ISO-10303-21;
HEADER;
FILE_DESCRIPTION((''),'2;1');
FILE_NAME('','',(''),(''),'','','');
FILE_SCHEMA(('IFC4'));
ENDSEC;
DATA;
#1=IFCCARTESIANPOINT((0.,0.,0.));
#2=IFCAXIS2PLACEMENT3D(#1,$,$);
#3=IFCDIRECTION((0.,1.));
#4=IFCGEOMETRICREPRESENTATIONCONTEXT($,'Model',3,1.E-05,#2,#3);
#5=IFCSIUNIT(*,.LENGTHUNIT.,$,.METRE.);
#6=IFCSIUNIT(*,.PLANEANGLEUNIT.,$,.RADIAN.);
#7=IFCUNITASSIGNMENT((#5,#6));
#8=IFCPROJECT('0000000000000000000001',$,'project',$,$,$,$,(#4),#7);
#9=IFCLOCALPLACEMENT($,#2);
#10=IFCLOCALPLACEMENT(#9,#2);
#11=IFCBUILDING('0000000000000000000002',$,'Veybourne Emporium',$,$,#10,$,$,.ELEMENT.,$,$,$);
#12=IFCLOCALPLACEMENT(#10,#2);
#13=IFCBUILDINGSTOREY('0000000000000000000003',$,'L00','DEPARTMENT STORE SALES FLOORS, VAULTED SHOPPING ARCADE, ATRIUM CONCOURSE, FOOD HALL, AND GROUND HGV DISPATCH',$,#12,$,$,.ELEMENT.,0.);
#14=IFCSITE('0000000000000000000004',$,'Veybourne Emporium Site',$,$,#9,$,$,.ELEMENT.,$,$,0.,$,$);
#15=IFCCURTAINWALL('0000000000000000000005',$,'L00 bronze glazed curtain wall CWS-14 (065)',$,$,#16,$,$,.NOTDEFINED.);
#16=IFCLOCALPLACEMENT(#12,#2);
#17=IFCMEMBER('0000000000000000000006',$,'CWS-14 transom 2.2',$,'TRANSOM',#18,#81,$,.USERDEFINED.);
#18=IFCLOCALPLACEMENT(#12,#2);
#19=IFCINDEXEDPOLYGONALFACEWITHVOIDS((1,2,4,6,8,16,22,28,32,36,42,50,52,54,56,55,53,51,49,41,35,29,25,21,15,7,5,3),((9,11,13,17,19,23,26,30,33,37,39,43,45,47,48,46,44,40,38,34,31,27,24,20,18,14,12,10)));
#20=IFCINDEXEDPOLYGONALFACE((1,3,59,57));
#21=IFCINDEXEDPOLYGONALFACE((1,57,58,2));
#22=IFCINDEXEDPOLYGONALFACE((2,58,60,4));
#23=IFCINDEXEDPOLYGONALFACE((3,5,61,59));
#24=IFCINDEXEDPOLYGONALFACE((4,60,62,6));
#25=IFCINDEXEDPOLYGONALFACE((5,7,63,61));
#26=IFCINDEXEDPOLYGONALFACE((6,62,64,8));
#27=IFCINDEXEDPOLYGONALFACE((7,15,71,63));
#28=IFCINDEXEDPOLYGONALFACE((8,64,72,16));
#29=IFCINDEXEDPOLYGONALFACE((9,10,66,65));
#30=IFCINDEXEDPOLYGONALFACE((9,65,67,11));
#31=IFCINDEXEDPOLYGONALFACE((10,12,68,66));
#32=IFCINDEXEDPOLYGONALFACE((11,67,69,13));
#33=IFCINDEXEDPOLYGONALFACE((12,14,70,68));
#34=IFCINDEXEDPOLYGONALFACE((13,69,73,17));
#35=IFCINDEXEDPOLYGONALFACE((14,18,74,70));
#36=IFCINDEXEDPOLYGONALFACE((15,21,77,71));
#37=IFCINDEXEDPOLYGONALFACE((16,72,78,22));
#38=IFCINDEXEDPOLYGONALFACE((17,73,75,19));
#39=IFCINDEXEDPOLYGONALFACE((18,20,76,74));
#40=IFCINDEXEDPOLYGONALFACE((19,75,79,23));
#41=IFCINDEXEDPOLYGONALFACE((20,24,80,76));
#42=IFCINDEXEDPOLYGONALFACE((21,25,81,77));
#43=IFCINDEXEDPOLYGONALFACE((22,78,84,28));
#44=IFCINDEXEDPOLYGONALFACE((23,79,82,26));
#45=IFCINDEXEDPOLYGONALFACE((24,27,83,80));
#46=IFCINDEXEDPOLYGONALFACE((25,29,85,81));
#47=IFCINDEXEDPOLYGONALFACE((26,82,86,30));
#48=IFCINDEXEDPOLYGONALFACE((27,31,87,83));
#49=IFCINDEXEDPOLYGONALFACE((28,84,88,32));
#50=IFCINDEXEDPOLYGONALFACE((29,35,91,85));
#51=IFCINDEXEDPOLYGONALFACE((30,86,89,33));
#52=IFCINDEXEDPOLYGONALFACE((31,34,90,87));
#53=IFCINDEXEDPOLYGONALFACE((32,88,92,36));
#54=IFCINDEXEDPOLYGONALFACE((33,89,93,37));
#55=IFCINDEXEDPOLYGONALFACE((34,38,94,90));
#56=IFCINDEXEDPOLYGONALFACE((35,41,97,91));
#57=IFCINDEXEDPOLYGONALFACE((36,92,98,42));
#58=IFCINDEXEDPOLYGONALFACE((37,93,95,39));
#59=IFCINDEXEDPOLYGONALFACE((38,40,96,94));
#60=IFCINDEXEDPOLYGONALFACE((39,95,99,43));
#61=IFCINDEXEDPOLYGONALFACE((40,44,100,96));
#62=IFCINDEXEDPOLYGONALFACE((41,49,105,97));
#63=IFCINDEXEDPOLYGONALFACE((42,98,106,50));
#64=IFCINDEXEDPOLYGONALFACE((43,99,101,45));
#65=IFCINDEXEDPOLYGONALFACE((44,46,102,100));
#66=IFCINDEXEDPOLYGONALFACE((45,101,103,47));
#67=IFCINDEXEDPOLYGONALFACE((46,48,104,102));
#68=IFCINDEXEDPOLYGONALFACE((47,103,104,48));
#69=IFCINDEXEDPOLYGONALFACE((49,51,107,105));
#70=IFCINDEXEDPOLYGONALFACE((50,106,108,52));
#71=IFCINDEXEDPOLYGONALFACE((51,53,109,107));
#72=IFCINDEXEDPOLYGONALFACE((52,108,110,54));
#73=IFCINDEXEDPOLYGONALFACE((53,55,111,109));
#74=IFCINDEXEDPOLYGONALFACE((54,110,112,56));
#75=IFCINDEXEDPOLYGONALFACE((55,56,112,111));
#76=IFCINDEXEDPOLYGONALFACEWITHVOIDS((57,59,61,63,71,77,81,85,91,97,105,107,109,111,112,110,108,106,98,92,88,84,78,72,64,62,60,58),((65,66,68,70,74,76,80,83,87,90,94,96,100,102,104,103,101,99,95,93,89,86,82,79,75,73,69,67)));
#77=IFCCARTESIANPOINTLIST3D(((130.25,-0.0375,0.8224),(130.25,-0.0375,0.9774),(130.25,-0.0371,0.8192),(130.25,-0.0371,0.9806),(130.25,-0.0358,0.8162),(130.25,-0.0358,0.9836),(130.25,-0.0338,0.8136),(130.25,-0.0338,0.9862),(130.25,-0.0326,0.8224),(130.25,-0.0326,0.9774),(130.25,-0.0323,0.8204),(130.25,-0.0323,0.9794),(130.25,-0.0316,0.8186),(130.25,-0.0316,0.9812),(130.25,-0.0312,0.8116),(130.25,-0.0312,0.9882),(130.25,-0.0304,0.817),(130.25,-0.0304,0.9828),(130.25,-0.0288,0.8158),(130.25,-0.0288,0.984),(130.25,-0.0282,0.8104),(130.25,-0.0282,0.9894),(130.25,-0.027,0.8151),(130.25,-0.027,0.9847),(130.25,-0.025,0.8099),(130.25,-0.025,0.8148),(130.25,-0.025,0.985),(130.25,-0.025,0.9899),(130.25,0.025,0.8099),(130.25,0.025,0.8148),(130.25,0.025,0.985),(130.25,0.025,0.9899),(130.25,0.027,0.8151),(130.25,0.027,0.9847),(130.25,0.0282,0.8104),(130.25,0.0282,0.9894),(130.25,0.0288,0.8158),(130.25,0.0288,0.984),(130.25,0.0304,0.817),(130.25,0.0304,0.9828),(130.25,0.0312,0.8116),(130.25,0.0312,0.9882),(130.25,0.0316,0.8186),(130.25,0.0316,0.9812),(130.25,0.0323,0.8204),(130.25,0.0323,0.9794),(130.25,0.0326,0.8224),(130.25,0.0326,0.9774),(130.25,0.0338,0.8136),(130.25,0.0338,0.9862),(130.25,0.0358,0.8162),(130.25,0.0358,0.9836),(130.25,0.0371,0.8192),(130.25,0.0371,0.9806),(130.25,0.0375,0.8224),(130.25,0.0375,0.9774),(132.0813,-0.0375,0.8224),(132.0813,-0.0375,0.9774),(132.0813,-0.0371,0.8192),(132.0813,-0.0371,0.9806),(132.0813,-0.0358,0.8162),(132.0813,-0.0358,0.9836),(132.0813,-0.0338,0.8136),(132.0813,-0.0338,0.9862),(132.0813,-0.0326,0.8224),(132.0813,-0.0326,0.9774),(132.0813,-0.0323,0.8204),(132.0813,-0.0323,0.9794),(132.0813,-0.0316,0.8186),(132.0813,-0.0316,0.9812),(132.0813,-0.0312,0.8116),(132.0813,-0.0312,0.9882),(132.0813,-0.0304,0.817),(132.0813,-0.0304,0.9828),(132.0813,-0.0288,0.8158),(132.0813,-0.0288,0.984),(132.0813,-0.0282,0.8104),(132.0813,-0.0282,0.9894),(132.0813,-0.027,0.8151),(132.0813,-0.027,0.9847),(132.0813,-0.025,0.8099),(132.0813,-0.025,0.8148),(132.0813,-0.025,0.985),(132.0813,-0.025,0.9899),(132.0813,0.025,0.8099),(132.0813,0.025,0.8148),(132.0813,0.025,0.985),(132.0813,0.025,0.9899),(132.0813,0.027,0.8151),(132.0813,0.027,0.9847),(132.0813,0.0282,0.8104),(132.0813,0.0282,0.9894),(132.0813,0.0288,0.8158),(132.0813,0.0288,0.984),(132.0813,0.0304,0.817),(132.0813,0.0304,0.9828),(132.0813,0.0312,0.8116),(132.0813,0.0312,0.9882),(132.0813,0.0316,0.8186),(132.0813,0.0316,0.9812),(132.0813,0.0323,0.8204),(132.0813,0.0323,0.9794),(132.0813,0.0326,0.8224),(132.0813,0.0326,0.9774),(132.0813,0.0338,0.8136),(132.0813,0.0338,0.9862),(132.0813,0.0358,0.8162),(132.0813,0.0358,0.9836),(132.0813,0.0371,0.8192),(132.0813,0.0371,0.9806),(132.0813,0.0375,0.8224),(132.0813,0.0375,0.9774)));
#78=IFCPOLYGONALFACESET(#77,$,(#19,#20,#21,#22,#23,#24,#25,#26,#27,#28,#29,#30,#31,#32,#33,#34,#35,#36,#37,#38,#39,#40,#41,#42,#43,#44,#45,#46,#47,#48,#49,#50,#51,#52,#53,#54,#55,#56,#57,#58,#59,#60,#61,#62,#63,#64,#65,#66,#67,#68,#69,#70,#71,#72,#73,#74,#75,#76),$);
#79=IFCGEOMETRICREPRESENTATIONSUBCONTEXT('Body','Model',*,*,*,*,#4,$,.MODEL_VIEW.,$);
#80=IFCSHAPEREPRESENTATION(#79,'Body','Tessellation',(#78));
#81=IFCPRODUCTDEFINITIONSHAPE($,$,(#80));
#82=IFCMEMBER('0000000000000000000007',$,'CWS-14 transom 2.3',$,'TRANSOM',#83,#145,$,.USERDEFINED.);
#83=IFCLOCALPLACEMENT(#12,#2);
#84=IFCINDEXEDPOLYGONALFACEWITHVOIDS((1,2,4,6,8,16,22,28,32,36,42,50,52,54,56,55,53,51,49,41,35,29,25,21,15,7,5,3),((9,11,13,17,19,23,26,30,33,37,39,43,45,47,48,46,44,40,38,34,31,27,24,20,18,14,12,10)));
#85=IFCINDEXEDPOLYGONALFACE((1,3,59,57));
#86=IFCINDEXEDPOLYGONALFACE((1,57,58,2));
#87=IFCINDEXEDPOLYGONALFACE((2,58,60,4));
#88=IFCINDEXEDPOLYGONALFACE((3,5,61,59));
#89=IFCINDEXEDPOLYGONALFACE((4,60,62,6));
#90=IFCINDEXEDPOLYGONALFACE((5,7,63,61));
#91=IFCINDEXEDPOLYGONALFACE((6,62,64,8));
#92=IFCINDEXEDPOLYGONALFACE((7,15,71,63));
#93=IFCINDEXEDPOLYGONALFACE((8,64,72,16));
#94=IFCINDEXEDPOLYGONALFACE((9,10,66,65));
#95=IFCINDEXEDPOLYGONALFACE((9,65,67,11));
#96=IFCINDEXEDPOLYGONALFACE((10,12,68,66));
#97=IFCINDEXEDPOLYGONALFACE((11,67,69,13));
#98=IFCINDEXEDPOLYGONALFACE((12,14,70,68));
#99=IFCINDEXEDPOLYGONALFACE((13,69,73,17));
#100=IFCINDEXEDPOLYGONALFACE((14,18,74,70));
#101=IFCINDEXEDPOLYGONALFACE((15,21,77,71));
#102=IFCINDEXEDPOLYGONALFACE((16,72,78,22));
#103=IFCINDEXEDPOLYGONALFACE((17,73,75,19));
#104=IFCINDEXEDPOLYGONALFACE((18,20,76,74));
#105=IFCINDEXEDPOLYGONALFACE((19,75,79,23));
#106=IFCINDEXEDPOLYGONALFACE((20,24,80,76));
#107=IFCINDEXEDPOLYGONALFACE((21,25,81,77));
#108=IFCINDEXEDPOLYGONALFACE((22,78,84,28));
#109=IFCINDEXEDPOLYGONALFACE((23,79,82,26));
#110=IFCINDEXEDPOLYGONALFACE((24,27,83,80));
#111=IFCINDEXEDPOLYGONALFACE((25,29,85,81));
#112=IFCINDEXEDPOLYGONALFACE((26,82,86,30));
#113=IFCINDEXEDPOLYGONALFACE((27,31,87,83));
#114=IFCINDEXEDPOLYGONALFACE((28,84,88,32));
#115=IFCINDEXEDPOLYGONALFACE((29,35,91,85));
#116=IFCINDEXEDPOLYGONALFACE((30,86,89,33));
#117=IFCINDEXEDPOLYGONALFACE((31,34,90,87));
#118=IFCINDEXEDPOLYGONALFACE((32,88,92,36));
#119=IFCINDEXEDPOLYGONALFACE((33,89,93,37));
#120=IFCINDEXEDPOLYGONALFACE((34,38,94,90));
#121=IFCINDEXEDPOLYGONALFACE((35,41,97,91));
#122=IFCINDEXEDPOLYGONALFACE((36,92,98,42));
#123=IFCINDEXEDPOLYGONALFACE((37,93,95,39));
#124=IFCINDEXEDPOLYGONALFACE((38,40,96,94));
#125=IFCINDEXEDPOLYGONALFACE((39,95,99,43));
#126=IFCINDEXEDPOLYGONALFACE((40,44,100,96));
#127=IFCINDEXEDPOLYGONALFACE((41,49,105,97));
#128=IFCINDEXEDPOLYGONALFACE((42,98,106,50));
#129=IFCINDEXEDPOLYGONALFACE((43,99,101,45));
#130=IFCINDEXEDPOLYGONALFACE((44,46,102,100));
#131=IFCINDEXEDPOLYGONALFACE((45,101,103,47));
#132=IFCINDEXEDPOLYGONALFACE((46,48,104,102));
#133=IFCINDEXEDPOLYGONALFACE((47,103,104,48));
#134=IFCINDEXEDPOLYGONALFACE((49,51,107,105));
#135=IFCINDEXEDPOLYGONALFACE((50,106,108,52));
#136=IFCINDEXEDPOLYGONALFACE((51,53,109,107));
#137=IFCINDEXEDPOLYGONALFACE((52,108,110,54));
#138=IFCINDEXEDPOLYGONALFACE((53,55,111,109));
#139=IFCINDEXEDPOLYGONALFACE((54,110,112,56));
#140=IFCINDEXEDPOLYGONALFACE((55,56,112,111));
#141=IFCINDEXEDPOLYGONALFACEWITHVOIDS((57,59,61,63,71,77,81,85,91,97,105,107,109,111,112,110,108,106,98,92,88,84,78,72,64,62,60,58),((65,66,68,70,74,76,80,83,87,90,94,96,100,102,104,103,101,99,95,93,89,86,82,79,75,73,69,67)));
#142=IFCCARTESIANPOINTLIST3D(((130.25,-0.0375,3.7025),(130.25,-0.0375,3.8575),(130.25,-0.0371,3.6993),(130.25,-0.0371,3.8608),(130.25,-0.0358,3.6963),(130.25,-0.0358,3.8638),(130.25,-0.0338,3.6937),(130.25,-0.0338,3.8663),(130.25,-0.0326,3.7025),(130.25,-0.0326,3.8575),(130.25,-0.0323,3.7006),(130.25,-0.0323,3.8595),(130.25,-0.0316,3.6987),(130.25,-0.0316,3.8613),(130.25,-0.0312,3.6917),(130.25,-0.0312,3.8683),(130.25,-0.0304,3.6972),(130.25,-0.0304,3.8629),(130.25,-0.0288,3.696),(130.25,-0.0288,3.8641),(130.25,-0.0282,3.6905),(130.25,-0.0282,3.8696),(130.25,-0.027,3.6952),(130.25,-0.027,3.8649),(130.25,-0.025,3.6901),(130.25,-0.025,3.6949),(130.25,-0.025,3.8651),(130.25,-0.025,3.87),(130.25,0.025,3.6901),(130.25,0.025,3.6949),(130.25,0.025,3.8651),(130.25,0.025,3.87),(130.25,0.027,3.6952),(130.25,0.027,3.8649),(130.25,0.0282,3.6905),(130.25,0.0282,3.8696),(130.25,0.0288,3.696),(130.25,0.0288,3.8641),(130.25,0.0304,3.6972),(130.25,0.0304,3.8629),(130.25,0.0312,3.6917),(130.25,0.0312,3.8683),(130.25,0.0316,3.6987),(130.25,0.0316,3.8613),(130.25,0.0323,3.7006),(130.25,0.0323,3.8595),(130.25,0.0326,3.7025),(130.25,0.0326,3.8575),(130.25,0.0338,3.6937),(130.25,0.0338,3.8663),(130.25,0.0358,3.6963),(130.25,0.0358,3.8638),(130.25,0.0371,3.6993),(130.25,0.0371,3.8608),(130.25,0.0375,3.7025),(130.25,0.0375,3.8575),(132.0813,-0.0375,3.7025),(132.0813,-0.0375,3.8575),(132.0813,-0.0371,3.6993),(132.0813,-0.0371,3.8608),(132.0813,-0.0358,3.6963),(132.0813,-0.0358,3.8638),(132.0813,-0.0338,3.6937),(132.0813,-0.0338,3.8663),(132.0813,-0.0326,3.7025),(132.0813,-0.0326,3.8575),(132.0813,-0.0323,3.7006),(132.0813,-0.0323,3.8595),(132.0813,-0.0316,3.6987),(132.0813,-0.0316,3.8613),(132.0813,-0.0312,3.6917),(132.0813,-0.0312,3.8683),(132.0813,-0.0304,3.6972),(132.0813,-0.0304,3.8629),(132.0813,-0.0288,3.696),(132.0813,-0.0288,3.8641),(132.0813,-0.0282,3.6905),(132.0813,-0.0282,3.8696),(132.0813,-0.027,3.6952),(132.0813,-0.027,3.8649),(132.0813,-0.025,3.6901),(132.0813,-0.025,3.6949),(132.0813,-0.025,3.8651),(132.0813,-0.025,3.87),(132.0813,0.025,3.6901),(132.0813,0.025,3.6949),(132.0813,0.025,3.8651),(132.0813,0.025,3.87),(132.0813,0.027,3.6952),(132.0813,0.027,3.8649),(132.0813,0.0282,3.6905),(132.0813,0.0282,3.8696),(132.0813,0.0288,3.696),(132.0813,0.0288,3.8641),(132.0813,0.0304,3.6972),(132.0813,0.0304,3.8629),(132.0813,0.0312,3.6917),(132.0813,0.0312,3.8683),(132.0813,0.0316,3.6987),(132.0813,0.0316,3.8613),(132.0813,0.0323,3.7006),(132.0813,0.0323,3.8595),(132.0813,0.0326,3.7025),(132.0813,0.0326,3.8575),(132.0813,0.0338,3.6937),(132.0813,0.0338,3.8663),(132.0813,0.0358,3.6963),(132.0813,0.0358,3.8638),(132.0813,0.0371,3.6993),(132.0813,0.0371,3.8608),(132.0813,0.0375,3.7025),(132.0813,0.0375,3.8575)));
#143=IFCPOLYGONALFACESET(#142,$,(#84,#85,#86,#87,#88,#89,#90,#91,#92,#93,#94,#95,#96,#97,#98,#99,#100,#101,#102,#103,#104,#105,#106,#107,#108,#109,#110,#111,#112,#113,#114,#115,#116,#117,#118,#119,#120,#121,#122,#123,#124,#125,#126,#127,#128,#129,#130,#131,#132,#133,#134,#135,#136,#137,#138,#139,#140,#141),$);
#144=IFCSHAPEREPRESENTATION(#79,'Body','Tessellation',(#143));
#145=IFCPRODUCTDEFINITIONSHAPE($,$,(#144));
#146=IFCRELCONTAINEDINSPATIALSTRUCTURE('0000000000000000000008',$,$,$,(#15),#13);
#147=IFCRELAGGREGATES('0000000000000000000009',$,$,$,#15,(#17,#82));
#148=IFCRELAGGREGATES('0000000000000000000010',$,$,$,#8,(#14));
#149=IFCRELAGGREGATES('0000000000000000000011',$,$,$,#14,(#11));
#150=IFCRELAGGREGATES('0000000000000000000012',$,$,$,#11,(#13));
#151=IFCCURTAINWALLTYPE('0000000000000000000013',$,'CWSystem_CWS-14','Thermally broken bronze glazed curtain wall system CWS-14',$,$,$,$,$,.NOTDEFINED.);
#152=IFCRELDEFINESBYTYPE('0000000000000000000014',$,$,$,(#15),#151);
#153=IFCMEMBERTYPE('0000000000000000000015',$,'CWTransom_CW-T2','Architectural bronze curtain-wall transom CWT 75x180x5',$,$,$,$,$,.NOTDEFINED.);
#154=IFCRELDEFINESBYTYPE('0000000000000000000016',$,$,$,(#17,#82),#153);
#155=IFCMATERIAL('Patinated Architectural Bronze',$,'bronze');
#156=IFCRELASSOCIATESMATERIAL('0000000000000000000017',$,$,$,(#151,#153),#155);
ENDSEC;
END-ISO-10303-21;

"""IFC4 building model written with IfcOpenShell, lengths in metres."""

from ifc_helpers import new_model, si_unit, direction, frame, origin, origin_2d, place, context, subcontext, project, spatial, hollow_rectangle, extrude, material, material_profile, profile_set, type_object, element, aggregate, save


model = new_model("IFC4")

# Units and contexts
model_context = context("Model", 3, precision=1e-05, world=origin(), true_north=direction((0.0, 1.0)))
body_context = subcontext(model_context, "Body", "Model", "MODEL_VIEW")
ifc_project = project(units=[si_unit("LENGTHUNIT", "METRE"), si_unit("PLANEANGLEUNIT", "RADIAN")], contexts=[model_context])

# Site, building, storey
site_placement = place(None, origin())
site = spatial("IfcSite", under=ifc_project, at=site_placement, Name="Veybourne Emporium Site", CompositionType="ELEMENT", RefElevation=0.0)
building_placement = place(site_placement, origin())
building = spatial("IfcBuilding", under=site, at=building_placement, Name="Veybourne Emporium", CompositionType="ELEMENT")
storey_placement = place(building_placement, origin())
storey = spatial("IfcBuildingStorey", under=building, at=storey_placement, Name="L00", Description="DEPARTMENT STORE SALES FLOORS, VAULTED SHOPPING ARCADE, ATRIUM CONCOURSE, FOOD HALL, AND GROUND HGV DISPATCH", CompositionType="ELEMENT", Elevation=0.0)

# Curtain wall, members
ifc_material_1 = material(Name="Patinated Architectural Bronze", Category="bronze")
curtain_wall_type = type_object("IfcCurtainWallType", Name="CWSystem_CWS-14", Description="Thermally broken bronze glazed curtain wall system CWS-14", PredefinedType="NOTDEFINED", material=ifc_material_1)
curtain_wall_placement = place(storey_placement, origin())
curtain_wall = element("IfcCurtainWall", 1, at=curtain_wall_placement, inside=storey, type_object=curtain_wall_type, Name="L00 bronze glazed curtain wall CWS-14 (065)", PredefinedType="NOTDEFINED")
ifc_material_profile_1 = material_profile(ifc_material_1, hollow_rectangle(XDim=0.075, YDim=0.1799, WallThickness=0.0049, InnerFilletRadius=0.0076, OuterFilletRadius=0.0125, at=origin_2d()), Name="CWT 75x180x5")
ifc_profile_set_1 = profile_set([ifc_material_profile_1], Name="Patinated Architectural Bronze")
member_type_1 = type_object("IfcMemberType", Name="CWTransom_CW-T2", Description="Architectural bronze curtain-wall transom CWT 75x180x5", PredefinedType="NOTDEFINED", material=ifc_profile_set_1)
member_1_placement = place(storey_placement, frame((132.0813, 0.0, 0.8999), z_axis=(-1.0, 0.0, 0.0), x_axis=(0.0, -1.0, 0.0)))
member_1 = element("IfcMember", 2, at=member_1_placement, type_object=member_type_1, Name="CWS-14 transom 2.2", ObjectType="TRANSOM", PredefinedType="USERDEFINED", context=body_context, shape_type="SweptSolid", body=[
    extrude(hollow_rectangle(XDim=0.075, YDim=0.1799, WallThickness=0.0049, InnerFilletRadius=0.0076, OuterFilletRadius=0.0125, at=origin_2d()), origin(), (0.0, 0.0, 1.0), 1.8313),
])
member_2_placement = place(storey_placement, frame((132.0813, 0.0, 3.78), z_axis=(-1.0, 0.0, 0.0), x_axis=(0.0, -1.0, 0.0)))
member_2 = element("IfcMember", 3, at=member_2_placement, type_object=member_type_1, Name="CWS-14 transom 2.3", ObjectType="TRANSOM", PredefinedType="USERDEFINED", context=body_context, shape_type="SweptSolid", body=[
    extrude(hollow_rectangle(XDim=0.075, YDim=0.1799, WallThickness=0.0049, InnerFilletRadius=0.0076, OuterFilletRadius=0.0125, at=origin_2d()), origin(), (0.0, 0.0, 1.0), 1.8313),
])

aggregate(curtain_wall, [member_1, member_2])

save(model, "model.ifc")
